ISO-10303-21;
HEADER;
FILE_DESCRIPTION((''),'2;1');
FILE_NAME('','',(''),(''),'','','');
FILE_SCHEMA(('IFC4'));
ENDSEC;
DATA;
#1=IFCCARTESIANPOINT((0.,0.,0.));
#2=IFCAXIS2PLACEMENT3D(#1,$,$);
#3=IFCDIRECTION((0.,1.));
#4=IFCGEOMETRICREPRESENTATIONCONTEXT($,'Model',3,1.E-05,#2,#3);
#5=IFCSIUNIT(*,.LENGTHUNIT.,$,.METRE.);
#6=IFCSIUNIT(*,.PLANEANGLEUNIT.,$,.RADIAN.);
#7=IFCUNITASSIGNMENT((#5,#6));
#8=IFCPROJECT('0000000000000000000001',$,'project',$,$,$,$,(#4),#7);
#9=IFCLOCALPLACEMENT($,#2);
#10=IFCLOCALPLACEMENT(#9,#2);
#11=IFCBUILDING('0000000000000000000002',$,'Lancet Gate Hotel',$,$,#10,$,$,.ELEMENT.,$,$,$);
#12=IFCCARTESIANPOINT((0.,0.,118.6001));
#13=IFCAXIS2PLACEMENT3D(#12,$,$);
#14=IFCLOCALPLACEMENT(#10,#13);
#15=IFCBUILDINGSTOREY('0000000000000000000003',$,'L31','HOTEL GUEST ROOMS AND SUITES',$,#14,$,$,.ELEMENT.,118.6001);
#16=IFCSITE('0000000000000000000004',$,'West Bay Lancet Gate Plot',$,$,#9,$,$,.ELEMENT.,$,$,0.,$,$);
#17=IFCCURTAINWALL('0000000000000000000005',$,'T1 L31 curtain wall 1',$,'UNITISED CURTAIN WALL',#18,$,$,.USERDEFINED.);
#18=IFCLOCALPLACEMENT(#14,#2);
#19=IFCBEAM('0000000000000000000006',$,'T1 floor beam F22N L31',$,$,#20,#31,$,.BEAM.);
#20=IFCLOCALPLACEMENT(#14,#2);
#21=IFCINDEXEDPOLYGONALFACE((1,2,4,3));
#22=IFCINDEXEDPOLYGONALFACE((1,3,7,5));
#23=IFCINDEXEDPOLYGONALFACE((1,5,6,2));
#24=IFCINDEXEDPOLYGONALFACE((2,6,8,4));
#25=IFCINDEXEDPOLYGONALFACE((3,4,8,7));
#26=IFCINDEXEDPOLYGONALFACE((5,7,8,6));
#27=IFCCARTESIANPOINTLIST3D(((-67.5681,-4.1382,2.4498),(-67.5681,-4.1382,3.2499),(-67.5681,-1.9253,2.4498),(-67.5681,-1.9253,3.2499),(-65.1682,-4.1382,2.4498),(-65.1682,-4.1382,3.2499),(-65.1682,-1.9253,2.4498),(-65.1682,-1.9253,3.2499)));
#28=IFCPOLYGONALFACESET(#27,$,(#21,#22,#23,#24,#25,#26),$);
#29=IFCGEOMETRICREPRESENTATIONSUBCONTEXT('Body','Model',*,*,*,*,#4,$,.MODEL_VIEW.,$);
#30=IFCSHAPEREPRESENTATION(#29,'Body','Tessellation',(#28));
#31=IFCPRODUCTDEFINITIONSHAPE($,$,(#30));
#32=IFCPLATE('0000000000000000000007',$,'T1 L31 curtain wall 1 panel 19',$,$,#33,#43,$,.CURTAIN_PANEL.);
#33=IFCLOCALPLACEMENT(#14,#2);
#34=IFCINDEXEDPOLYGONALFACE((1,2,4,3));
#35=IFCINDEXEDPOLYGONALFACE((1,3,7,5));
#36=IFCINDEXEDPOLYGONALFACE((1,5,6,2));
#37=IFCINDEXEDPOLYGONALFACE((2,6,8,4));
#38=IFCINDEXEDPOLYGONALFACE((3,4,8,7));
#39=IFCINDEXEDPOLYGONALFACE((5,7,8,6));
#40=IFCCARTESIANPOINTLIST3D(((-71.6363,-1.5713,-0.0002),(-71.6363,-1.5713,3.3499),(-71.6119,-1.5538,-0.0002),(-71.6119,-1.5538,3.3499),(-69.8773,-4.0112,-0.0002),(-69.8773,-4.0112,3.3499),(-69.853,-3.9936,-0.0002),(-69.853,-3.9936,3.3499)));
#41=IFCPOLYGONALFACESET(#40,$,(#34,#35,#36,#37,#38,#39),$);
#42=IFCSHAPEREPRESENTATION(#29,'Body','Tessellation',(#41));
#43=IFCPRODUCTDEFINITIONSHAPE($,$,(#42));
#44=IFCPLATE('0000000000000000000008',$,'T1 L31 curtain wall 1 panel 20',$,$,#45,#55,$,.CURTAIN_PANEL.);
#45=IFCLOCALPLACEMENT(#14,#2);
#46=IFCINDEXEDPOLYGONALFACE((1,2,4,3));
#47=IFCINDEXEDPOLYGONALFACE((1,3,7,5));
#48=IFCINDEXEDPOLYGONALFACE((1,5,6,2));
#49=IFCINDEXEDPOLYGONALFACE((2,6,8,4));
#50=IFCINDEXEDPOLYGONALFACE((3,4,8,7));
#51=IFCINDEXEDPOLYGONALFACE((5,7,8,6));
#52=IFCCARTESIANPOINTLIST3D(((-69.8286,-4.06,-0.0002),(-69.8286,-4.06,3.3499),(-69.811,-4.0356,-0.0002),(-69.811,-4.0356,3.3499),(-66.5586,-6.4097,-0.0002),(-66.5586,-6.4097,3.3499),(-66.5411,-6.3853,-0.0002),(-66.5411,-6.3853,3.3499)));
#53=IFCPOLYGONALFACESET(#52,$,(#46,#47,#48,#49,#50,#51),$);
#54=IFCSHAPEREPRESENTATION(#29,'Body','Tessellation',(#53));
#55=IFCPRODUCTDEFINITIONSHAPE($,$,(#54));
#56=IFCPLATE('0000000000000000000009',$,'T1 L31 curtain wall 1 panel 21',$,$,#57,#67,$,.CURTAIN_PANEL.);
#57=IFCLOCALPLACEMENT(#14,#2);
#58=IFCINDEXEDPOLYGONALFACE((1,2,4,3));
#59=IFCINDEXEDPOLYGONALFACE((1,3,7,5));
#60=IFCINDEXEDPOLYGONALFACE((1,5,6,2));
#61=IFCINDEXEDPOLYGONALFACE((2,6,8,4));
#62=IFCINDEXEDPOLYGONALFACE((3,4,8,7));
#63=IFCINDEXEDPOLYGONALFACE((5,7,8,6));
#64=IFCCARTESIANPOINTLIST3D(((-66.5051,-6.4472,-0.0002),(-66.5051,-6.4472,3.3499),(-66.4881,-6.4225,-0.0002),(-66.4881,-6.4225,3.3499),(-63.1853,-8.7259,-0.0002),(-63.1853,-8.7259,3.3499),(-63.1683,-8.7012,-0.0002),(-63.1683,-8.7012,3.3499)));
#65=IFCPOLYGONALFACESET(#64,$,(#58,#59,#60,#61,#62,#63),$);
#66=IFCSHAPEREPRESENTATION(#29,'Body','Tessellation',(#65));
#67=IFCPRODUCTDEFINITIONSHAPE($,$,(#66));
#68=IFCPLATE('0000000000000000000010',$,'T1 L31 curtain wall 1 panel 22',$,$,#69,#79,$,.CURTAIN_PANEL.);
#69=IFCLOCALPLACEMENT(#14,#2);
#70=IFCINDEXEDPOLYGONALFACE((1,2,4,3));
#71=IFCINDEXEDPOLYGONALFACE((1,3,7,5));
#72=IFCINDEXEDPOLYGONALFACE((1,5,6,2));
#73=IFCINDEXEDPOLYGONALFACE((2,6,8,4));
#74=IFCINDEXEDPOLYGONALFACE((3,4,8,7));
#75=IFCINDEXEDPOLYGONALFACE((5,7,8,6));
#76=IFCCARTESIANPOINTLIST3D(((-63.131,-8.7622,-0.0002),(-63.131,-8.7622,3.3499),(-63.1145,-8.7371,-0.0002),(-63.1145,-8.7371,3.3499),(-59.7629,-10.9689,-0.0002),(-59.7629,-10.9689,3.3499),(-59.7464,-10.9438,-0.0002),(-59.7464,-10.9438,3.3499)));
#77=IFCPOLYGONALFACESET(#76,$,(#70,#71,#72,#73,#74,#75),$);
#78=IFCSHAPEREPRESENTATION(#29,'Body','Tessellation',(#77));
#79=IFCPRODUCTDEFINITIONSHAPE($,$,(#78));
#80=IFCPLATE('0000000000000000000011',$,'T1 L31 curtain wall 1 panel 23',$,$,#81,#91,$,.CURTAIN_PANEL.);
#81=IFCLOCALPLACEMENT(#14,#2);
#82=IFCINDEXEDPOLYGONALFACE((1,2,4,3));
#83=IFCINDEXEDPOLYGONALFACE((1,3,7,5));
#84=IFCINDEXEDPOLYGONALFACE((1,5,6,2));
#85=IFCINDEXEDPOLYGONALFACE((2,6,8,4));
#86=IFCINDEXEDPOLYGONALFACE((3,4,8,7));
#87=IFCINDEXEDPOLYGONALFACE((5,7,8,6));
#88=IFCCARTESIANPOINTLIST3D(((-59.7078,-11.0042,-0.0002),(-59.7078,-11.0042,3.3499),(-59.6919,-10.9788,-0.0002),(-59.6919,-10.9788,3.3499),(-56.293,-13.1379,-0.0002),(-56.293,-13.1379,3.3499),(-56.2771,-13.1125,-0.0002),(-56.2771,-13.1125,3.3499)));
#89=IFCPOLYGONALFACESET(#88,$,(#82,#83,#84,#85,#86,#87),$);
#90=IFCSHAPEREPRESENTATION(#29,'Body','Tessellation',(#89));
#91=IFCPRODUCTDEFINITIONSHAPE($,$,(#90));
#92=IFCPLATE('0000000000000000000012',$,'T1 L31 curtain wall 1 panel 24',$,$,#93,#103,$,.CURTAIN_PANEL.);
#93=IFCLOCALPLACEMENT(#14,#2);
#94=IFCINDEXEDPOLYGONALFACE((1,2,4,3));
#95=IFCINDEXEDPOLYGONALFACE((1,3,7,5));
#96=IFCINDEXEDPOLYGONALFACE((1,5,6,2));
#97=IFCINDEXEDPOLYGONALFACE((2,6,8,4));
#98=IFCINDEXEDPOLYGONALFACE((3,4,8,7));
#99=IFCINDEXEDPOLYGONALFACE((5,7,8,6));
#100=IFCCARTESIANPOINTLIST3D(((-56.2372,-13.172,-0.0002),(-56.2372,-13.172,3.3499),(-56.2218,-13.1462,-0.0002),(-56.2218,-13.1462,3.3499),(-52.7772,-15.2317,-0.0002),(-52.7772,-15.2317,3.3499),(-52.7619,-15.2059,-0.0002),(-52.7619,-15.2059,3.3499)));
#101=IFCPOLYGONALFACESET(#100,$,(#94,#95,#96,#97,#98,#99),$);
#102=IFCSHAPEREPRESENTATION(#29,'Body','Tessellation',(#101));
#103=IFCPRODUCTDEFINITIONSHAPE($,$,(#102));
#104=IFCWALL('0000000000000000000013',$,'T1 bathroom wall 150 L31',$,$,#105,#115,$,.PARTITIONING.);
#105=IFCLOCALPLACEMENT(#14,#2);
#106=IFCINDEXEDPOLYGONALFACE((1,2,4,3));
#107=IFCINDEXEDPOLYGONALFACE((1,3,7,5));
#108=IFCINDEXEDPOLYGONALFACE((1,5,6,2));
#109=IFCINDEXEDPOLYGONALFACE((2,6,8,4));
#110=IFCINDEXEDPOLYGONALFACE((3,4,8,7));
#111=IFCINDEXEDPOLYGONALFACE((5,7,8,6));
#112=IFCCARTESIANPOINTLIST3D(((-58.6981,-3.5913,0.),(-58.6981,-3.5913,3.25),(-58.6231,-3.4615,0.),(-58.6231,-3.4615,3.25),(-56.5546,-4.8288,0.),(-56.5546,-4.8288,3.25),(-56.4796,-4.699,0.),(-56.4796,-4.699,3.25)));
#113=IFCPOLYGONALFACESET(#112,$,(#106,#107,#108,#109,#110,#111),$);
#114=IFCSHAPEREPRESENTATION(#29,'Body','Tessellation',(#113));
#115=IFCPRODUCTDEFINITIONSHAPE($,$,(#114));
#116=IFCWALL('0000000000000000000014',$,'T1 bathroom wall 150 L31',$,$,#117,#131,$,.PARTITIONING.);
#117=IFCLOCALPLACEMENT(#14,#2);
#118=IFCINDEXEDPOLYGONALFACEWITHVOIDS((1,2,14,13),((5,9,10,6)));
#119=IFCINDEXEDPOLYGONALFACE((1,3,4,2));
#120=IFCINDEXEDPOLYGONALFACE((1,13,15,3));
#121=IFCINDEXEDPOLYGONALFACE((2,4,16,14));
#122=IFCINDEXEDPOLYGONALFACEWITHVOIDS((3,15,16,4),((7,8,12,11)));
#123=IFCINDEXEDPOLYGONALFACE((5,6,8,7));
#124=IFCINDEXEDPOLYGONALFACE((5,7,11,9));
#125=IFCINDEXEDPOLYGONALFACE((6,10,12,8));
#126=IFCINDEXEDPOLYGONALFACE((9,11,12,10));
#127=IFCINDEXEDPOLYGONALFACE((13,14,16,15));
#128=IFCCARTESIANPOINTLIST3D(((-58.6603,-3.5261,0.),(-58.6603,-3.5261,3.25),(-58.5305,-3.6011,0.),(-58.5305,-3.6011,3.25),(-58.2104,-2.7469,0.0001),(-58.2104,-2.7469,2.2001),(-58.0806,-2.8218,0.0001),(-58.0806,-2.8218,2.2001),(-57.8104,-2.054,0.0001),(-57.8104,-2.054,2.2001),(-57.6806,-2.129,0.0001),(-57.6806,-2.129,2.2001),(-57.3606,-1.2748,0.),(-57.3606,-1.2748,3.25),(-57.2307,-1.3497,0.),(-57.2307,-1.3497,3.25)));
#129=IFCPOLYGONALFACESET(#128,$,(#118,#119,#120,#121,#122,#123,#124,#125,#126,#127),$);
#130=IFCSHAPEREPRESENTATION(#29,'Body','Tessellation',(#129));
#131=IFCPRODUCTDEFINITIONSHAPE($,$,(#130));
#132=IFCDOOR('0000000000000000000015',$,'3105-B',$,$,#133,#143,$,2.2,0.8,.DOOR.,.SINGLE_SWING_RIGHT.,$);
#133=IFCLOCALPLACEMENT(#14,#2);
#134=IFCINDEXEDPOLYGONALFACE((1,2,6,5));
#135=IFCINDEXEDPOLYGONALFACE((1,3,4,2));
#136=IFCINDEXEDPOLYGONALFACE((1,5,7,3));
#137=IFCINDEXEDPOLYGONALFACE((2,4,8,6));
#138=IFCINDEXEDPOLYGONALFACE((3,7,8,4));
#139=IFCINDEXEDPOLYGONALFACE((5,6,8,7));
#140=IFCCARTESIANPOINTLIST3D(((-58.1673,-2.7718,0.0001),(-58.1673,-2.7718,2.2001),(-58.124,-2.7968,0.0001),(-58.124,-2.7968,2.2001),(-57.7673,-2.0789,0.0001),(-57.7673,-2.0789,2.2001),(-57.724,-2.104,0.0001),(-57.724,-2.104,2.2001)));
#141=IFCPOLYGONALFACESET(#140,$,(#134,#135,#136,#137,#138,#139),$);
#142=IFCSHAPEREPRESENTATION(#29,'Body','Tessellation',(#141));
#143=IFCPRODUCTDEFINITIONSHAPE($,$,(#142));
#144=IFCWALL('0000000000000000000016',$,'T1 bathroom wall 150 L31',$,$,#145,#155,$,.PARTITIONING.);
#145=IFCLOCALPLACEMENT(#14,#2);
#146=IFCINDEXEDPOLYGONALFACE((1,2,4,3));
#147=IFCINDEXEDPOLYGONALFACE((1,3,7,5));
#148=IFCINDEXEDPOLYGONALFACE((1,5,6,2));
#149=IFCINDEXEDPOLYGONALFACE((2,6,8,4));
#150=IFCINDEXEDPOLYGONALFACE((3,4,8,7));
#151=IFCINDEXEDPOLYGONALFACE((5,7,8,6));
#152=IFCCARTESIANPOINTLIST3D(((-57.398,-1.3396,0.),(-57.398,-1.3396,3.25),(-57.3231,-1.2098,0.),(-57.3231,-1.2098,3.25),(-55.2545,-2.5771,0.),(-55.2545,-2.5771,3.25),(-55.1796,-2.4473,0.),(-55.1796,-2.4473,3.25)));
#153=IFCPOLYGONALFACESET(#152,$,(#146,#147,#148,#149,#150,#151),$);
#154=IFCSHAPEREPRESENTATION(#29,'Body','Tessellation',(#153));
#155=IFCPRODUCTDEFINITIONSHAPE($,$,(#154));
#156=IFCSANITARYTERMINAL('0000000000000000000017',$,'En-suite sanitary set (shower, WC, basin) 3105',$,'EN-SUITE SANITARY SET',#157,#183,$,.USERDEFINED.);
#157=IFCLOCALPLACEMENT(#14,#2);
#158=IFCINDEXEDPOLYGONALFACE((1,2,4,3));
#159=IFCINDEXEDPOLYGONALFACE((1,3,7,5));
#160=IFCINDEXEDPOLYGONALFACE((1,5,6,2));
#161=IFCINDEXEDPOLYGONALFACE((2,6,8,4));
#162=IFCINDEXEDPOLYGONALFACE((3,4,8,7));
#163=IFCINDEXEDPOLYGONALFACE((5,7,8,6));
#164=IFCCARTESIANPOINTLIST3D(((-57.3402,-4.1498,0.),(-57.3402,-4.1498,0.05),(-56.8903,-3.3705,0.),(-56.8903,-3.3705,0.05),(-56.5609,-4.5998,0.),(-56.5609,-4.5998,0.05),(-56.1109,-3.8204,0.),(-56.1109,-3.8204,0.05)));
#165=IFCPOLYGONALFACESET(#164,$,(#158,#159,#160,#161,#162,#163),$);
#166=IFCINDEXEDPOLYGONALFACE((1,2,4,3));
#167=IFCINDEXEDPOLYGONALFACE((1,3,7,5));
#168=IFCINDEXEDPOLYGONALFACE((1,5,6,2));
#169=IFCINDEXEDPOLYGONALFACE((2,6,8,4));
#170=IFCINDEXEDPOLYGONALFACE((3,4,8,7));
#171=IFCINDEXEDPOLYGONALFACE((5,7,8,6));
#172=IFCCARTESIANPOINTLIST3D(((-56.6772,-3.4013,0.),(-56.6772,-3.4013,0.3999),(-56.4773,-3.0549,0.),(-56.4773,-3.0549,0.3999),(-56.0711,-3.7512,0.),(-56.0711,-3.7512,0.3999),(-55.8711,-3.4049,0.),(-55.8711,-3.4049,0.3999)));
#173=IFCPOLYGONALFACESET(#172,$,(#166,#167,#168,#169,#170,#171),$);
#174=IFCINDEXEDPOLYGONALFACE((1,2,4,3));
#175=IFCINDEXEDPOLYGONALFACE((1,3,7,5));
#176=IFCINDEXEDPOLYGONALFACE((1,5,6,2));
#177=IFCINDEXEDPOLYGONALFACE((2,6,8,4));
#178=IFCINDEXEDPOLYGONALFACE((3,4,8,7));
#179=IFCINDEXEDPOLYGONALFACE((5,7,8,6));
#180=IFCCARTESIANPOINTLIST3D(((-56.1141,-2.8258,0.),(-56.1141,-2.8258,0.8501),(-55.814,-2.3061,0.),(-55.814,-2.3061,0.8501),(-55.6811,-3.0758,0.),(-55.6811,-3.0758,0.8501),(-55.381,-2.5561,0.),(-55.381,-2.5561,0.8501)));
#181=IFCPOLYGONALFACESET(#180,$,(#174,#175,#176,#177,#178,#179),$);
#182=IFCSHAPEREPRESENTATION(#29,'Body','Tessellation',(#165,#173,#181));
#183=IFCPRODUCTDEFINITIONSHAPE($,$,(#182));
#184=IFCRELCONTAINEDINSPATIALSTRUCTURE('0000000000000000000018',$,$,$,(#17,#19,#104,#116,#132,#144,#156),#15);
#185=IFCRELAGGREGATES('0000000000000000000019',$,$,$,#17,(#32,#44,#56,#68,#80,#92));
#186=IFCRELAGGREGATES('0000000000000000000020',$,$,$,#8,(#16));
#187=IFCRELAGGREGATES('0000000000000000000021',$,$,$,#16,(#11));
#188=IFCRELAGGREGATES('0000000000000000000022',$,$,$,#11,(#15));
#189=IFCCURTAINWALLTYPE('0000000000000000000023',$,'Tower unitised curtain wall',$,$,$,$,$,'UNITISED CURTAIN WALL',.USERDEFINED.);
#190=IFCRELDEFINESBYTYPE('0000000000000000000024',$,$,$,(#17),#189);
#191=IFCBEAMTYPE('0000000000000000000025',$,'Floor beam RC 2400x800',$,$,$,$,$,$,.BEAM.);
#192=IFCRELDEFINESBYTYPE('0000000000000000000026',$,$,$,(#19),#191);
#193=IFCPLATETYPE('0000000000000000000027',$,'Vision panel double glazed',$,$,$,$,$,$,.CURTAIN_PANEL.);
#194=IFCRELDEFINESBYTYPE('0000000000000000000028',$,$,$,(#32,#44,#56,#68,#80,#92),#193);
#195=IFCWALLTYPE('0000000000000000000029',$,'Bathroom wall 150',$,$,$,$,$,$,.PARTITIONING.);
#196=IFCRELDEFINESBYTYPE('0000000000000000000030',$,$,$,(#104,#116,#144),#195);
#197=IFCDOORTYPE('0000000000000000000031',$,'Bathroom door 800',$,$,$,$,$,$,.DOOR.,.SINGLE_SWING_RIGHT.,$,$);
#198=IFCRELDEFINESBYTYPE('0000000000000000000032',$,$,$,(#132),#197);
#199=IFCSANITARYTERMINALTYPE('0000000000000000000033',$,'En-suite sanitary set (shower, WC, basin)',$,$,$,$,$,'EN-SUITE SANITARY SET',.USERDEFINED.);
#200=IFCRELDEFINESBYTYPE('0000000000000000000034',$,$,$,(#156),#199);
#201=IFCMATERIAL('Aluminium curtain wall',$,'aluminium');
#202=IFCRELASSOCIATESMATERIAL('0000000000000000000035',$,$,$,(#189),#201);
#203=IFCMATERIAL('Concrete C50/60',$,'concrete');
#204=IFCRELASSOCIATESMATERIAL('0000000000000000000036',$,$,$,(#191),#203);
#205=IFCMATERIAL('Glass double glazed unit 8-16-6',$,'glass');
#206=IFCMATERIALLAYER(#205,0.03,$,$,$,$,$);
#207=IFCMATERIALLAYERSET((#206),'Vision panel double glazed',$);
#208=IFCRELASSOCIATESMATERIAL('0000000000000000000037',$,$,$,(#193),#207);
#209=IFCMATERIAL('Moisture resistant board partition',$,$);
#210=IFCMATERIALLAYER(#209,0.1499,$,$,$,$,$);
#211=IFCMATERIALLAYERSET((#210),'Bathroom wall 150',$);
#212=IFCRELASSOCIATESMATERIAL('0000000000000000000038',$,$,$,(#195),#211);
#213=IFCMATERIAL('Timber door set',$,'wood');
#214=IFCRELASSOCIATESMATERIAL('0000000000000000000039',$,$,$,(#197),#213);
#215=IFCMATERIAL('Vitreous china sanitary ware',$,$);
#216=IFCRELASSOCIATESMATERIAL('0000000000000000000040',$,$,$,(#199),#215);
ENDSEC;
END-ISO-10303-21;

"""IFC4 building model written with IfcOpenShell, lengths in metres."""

from ifc_helpers import new_model, si_unit, direction, frame, frame_2d, origin, origin_2d, place, context, subcontext, project, spatial, rectangle, extrude, material, layer, layer_set, material_profile, profile_set, type_object, element, fill, aggregate, save


model = new_model("IFC4")

# Units and contexts
model_context = context("Model", 3, precision=1e-05, world=origin(), true_north=direction((0.0, 1.0)))
body_context = subcontext(model_context, "Body", "Model", "MODEL_VIEW")
ifc_project = project(units=[si_unit("LENGTHUNIT", "METRE"), si_unit("PLANEANGLEUNIT", "RADIAN")], contexts=[model_context])

# Site, building, storey
site_placement = place(None, origin())
site = spatial("IfcSite", under=ifc_project, at=site_placement, Name="West Bay Lancet Gate Plot", CompositionType="ELEMENT", RefElevation=0.0)
building_placement = place(site_placement, origin())
building = spatial("IfcBuilding", under=site, at=building_placement, Name="Lancet Gate Hotel", CompositionType="ELEMENT")
storey_placement = place(building_placement, frame((0.0, 0.0, 118.6001)))
storey = spatial("IfcBuildingStorey", under=building, at=storey_placement, Name="L31", Description="HOTEL GUEST ROOMS AND SUITES", CompositionType="ELEMENT", Elevation=118.6001)

# Curtain wall
ifc_material_1 = material(Name="Aluminium curtain wall", Category="aluminium")
curtain_wall_type = type_object("IfcCurtainWallType", Name="Tower unitised curtain wall", ElementType="UNITISED CURTAIN WALL", PredefinedType="USERDEFINED", material=ifc_material_1)
curtain_wall_placement = place(storey_placement, origin())
curtain_wall = element("IfcCurtainWall", 1, at=curtain_wall_placement, inside=storey, type_object=curtain_wall_type, Name="T1 L31 curtain wall 1", ObjectType="UNITISED CURTAIN WALL", PredefinedType="USERDEFINED")

# Beam
ifc_material_2 = material(Name="Concrete C50/60", Category="concrete")
ifc_material_profile_1 = material_profile(ifc_material_2, rectangle(XDim=2.3999, YDim=0.8, at=origin_2d()), Name="RC 2400x800")
ifc_profile_set_1 = profile_set([ifc_material_profile_1], Name="Concrete C50/60")
beam_type_1 = type_object("IfcBeamType", Name="Floor beam RC 2400x800", PredefinedType="BEAM", material=ifc_profile_set_1)
beam_1_placement = place(storey_placement, frame((-66.3682, -1.9253, 2.8499), z_axis=(0.0, -1.0, 0.0), x_axis=(1.0, 0.0, 0.0)))
element("IfcBeam", 2, at=beam_1_placement, inside=storey, type_object=beam_type_1, Name="T1 floor beam F22N L31", PredefinedType="BEAM", context=body_context, shape_type="SweptSolid", body=[
    extrude(rectangle(XDim=2.3999, YDim=0.8, at=origin_2d()), origin(), (0.0, 0.0, 1.0), 2.2129),
])

# Plates
ifc_material_3 = material(Name="Glass double glazed unit 8-16-6", Category="glass")
ifc_layer_1 = layer(ifc_material_3, 0.03)
ifc_layer_set_1 = layer_set([ifc_layer_1], Name="Vision panel double glazed")
plate_type = type_object("IfcPlateType", Name="Vision panel double glazed", PredefinedType="CURTAIN_PANEL", material=ifc_layer_set_1)
plate_1_placement = place(storey_placement, frame((-70.7446, -2.7825, -0.0002), z_axis=(0.0, 0.0, 1.0), x_axis=(0.584809, -0.811171, 0.0)))
plate_1 = element("IfcPlate", 3, at=plate_1_placement, type_object=plate_type, Name="T1 L31 curtain wall 1 panel 19", PredefinedType="CURTAIN_PANEL", context=body_context, shape_type="SweptSolid", body=[
    extrude(rectangle(XDim=3.0078, YDim=0.03, at=origin_2d()), origin(), (0.0, 0.0, 1.0), 3.3501),
])
plate_2_placement = place(storey_placement, frame((-68.1848, -5.2227, -0.0002), z_axis=(0.0, 0.0, 1.0), x_axis=(0.812093, -0.583528, 0.0)))
plate_2 = element("IfcPlate", 4, at=plate_2_placement, type_object=plate_type, Name="T1 L31 curtain wall 1 panel 20", PredefinedType="CURTAIN_PANEL", context=body_context, shape_type="SweptSolid", body=[
    extrude(rectangle(XDim=4.0266, YDim=0.03, at=origin_2d()), origin(), (0.0, 0.0, 1.0), 3.3501),
])
plate_3_placement = place(storey_placement, frame((-64.8367, -7.5742, -0.0002), z_axis=(0.0, 0.0, 1.0), x_axis=(0.824466, -0.565911, 0.0)))
plate_3 = element("IfcPlate", 5, at=plate_3_placement, type_object=plate_type, Name="T1 L31 curtain wall 1 panel 21", PredefinedType="CURTAIN_PANEL", context=body_context, shape_type="SweptSolid", body=[
    extrude(rectangle(XDim=4.0266, YDim=0.03, at=origin_2d()), origin(), (0.0, 0.0, 1.0), 3.3501),
])
plate_4_placement = place(storey_placement, frame((-61.4387, -9.853, -0.0002), z_axis=(0.0, 0.0, 1.0), x_axis=(0.836458, -0.548032, 0.0)))
plate_4 = element("IfcPlate", 6, at=plate_4_placement, type_object=plate_type, Name="T1 L31 curtain wall 1 panel 22", PredefinedType="CURTAIN_PANEL", context=body_context, shape_type="SweptSolid", body=[
    extrude(rectangle(XDim=4.0266, YDim=0.03, at=origin_2d()), origin(), (0.0, 0.0, 1.0), 3.3501),
])
plate_5_placement = place(storey_placement, frame((-57.9924, -12.0583, -0.0002), z_axis=(0.0, 0.0, 1.0), x_axis=(0.848061, -0.529899, 0.0)))
plate_5 = element("IfcPlate", 7, at=plate_5_placement, type_object=plate_type, Name="T1 L31 curtain wall 1 panel 23", PredefinedType="CURTAIN_PANEL", context=body_context, shape_type="SweptSolid", body=[
    extrude(rectangle(XDim=4.0266, YDim=0.03, at=origin_2d()), origin(), (0.0, 0.0, 1.0), 3.3501),
])
plate_6_placement = place(storey_placement, frame((-54.4995, -14.189, -0.0002), z_axis=(0.0, 0.0, 1.0), x_axis=(0.859271, -0.51152, 0.0)))
plate_6 = element("IfcPlate", 8, at=plate_6_placement, type_object=plate_type, Name="T1 L31 curtain wall 1 panel 24", PredefinedType="CURTAIN_PANEL", context=body_context, shape_type="SweptSolid", body=[
    extrude(rectangle(XDim=4.0266, YDim=0.03, at=origin_2d()), origin(), (0.0, 0.0, 1.0), 3.3501),
])
aggregate(curtain_wall, [plate_1, plate_2, plate_3, plate_4, plate_5, plate_6])

# Wall
ifc_material_4 = material(Name="Moisture resistant board partition")
ifc_layer_2 = layer(ifc_material_4, 0.1499)
ifc_layer_set_2 = layer_set([ifc_layer_2], Name="Bathroom wall 150")
wall_type = type_object("IfcWallType", Name="Bathroom wall 150", PredefinedType="PARTITIONING", material=ifc_layer_set_2)
wall_1_placement = place(storey_placement, frame((-56.5171, -4.7639, 0.0), z_axis=(0.0, 0.0, 1.0), x_axis=(-0.866031, 0.49999, 0.0)))
element("IfcWall", 9, at=wall_1_placement, inside=storey, type_object=wall_type, Name="T1 bathroom wall 150 L31", PredefinedType="PARTITIONING", context=body_context, shape_type="SweptSolid", body=[
    extrude(rectangle(XDim=2.4751, YDim=0.1499, at=frame_2d((1.2375, 0.0))), origin(), (0.0, 0.0, 1.0), 3.25),
])

# Wall, opening, door
wall_2_placement = place(storey_placement, frame((-57.2957, -1.3123, 0.0), z_axis=(0.0, 0.0, 1.0), x_axis=(-0.499977, -0.866039, 0.0)))
wall_2 = element("IfcWall", 10, at=wall_2_placement, inside=storey, type_object=wall_type, Name="T1 bathroom wall 150 L31", PredefinedType="PARTITIONING", context=body_context, shape_type="SweptSolid", body=[
    extrude(rectangle(XDim=2.5996, YDim=0.1499, at=frame_2d((1.2998, 0.0))), origin(), (0.0, 0.0, 1.0), 3.25),
])
opening_placement = place(wall_2_placement, frame((0.8999, 0.0, 0.0)))
opening = element("IfcOpeningElement", 11, at=opening_placement, cuts=wall_2, PredefinedType="OPENING", context=body_context, shape_type="SweptSolid", body=[
    extrude(rectangle(XDim=0.8, YDim=2.2, at=frame_2d((0.3999, 1.1001))), frame((0.0, 0.085, 0.0), z_axis=(0.0, -1.0, 0.0), x_axis=(1.0, 0.0, 0.0)), (0.0, 0.0, 1.0), 0.1699),
])
ifc_material_5 = material(Name="Timber door set", Category="wood")
door_type = type_object("IfcDoorType", Name="Bathroom door 800", OperationType="SINGLE_SWING_RIGHT", PredefinedType="DOOR", material=ifc_material_5)
door_placement = place(opening_placement, origin())
door = element("IfcDoor", 12, at=door_placement, inside=storey, type_object=door_type, Name="3105-B", OperationType="SINGLE_SWING_RIGHT", OverallHeight=2.2, OverallWidth=0.8, PredefinedType="DOOR", context=body_context, shape_type="SweptSolid", body=[
    extrude(rectangle(XDim=0.8, YDim=2.2, at=frame_2d((0.3999, 1.1001))), frame((0.0, 0.0249, 0.0), z_axis=(0.0, -1.0, 0.0), x_axis=(1.0, 0.0, 0.0)), (0.0, 0.0, 1.0), 0.05),
])
fill(opening, door)

# Wall
wall_3_placement = place(storey_placement, frame((-55.217, -2.5122, 0.0), z_axis=(0.0, 0.0, 1.0), x_axis=(-0.866031, 0.49999, 0.0)))
element("IfcWall", 13, at=wall_3_placement, inside=storey, type_object=wall_type, Name="T1 bathroom wall 150 L31", PredefinedType="PARTITIONING", context=body_context, shape_type="SweptSolid", body=[
    extrude(rectangle(XDim=2.4751, YDim=0.1499, at=frame_2d((1.2375, 0.0))), origin(), (0.0, 0.0, 1.0), 3.25),
])

# Sanitary terminal
ifc_material_6 = material(Name="Vitreous china sanitary ware")
sanitary_terminal_type = type_object("IfcSanitaryTerminalType", Name="En-suite sanitary set (shower, WC, basin)", ElementType="EN-SUITE SANITARY SET", PredefinedType="USERDEFINED", material=ifc_material_6)
sanitary_terminal_placement = place(storey_placement, frame((-56.7256, -3.9851, 0.0), z_axis=(0.0, 0.0, 1.0), x_axis=(1.0, 0.0, 0.0)))
element("IfcSanitaryTerminal", 14, at=sanitary_terminal_placement, inside=storey, type_object=sanitary_terminal_type, Name="En-suite sanitary set (shower, WC, basin) 3105", ObjectType="EN-SUITE SANITARY SET", PredefinedType="USERDEFINED", context=body_context, shape_type="SweptSolid", body=[
    extrude(rectangle(XDim=0.8999, YDim=0.8999, at=origin_2d()), frame((0.0, 0.0, 0.0), z_axis=(0.0, 0.0, 1.0), x_axis=(-0.5, -0.866025, 0.0)), (0.0, 0.0, 1.0), 0.05),
    extrude(rectangle(XDim=0.3999, YDim=0.7, at=origin_2d()), frame((0.4514, 0.582, 0.0), z_axis=(0.0, 0.0, 1.0), x_axis=(-0.5, -0.866025, 0.0)), (0.0, 0.0, 1.0), 0.3999),
    extrude(rectangle(XDim=0.6001, YDim=0.5, at=origin_2d()), frame((0.978, 1.2942, 0.0), z_axis=(0.0, 0.0, 1.0), x_axis=(-0.5, -0.866025, 0.0)), (0.0, 0.0, 1.0), 0.8501),
])

save(model, "model.ifc")
